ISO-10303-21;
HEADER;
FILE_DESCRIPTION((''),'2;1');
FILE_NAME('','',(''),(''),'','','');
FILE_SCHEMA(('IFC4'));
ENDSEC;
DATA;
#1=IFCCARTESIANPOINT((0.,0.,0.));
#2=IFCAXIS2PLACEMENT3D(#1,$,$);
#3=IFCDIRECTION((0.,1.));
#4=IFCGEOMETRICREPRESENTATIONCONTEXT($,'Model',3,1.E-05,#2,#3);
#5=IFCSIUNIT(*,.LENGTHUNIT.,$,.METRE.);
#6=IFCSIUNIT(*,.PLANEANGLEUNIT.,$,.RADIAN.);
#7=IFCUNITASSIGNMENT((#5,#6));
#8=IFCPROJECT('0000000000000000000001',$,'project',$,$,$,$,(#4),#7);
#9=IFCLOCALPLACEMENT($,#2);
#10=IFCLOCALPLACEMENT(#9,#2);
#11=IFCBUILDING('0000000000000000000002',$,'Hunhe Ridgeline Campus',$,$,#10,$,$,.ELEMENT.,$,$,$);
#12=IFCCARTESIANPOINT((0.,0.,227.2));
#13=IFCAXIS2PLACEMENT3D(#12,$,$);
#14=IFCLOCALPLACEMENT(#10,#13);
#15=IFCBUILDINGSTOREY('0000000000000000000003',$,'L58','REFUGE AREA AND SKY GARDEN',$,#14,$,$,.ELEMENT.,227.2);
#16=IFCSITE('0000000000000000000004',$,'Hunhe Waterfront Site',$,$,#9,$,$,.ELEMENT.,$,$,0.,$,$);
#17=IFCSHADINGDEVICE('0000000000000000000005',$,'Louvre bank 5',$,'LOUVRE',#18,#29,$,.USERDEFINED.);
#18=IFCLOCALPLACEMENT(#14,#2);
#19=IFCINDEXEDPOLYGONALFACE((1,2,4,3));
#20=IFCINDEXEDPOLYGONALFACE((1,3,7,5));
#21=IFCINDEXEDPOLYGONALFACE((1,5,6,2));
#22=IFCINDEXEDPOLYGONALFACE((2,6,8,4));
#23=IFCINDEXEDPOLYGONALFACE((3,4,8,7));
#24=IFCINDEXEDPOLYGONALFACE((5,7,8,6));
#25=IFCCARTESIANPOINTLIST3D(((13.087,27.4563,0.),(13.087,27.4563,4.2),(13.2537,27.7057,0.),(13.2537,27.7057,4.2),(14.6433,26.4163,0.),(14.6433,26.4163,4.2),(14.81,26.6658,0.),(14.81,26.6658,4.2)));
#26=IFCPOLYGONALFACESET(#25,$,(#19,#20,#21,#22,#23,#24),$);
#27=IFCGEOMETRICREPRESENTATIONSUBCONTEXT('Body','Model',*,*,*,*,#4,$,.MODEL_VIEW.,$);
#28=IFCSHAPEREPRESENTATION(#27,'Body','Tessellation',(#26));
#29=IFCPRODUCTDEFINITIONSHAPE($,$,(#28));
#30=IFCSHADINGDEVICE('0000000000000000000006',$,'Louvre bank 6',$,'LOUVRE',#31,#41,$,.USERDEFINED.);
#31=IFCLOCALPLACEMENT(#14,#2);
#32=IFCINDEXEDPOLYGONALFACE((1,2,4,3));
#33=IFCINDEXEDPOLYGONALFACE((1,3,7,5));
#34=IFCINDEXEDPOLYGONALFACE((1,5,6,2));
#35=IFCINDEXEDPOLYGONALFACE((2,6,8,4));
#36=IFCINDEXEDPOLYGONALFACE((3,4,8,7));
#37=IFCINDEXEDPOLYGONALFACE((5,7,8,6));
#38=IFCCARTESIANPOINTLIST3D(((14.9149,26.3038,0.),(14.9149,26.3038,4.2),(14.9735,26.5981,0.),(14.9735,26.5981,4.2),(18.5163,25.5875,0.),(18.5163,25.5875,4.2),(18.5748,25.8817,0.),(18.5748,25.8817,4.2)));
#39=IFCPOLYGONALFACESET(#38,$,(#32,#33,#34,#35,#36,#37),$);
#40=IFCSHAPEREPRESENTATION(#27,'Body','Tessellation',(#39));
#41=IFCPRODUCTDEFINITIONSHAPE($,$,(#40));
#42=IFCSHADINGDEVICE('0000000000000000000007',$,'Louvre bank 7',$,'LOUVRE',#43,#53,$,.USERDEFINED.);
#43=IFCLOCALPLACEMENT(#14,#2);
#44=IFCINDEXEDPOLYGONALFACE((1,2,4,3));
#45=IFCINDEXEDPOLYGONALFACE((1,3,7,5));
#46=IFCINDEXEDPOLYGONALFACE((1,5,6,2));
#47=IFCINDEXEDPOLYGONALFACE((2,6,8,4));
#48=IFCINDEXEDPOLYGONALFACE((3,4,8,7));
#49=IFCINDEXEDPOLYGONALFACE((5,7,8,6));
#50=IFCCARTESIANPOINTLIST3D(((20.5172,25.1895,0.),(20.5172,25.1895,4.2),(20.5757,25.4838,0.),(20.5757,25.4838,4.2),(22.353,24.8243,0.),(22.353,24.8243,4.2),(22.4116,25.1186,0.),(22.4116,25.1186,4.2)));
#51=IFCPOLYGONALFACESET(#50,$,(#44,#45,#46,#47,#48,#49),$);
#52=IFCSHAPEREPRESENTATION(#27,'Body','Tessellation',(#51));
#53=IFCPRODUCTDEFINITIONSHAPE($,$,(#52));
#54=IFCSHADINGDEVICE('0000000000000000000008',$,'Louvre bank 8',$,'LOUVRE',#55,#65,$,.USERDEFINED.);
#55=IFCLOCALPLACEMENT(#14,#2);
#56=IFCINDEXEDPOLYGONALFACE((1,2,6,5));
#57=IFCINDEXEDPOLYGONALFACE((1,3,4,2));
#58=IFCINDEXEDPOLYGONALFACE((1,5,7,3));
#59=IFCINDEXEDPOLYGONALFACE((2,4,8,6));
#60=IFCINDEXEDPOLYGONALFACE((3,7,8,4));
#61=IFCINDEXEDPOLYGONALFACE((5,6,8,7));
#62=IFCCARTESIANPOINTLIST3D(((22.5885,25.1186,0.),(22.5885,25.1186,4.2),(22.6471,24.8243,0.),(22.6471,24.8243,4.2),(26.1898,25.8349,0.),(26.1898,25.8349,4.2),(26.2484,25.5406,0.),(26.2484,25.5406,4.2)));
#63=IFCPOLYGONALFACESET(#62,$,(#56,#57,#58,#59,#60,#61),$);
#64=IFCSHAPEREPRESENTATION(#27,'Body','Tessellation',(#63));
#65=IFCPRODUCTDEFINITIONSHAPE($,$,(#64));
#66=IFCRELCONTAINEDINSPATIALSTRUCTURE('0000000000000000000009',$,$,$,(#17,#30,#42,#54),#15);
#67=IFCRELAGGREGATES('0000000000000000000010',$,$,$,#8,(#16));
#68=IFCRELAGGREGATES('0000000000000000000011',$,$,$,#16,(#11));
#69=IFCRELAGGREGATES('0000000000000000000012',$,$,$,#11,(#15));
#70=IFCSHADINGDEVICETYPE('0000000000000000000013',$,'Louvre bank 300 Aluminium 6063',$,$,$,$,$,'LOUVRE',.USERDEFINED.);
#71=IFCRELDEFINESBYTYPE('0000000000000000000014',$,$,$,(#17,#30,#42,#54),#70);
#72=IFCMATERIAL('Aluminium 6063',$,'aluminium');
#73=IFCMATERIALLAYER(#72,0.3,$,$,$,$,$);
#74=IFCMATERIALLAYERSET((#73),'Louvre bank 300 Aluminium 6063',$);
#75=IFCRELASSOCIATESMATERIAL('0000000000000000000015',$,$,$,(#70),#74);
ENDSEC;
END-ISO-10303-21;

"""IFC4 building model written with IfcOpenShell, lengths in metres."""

from ifc_helpers import new_model, si_unit, direction, frame, origin, origin_2d, place, context, subcontext, project, spatial, rectangle, extrude, material, layer, layer_set, type_object, element, save


model = new_model("IFC4")

# Units and contexts
model_context = context("Model", 3, precision=1e-05, world=origin(), true_north=direction((0.0, 1.0)))
body_context = subcontext(model_context, "Body", "Model", "MODEL_VIEW")
ifc_project = project(units=[si_unit("LENGTHUNIT", "METRE"), si_unit("PLANEANGLEUNIT", "RADIAN")], contexts=[model_context])

# Site, building, storey
site_placement = place(None, origin())
site = spatial("IfcSite", under=ifc_project, at=site_placement, Name="Hunhe Waterfront Site", CompositionType="ELEMENT", RefElevation=0.0)
building_placement = place(site_placement, origin())
building = spatial("IfcBuilding", under=site, at=building_placement, Name="Hunhe Ridgeline Campus", CompositionType="ELEMENT")
storey_placement = place(building_placement, frame((0.0, 0.0, 227.2)))
storey = spatial("IfcBuildingStorey", under=building, at=storey_placement, Name="L58", Description="REFUGE AREA AND SKY GARDEN", CompositionType="ELEMENT", Elevation=227.2)

# Shared definitions
ifc_material_1 = material(Name="Aluminium 6063", Category="aluminium")

# Shading devices
ifc_layer_1 = layer(ifc_material_1, 0.3)
ifc_layer_set_1 = layer_set([ifc_layer_1], Name="Louvre bank 300 Aluminium 6063")
shading_device_type = type_object("IfcShadingDeviceType", Name="Louvre bank 300 Aluminium 6063", ElementType="LOUVRE", PredefinedType="USERDEFINED", material=ifc_layer_set_1)
shading_device_1_placement = place(storey_placement, frame((13.9485, 27.061, 0.0), z_axis=(0.0, 0.0, 1.0), x_axis=(0.83147, -0.55557, 0.0)))
element("IfcShadingDevice", 1, at=shading_device_1_placement, inside=storey, type_object=shading_device_type, Name="Louvre bank 5", ObjectType="LOUVRE", PredefinedType="USERDEFINED", context=body_context, shape_type="SweptSolid", body=[
    extrude(rectangle(XDim=1.8718, YDim=0.3, at=origin_2d()), origin(), (0.0, 0.0, 1.0), 4.2),
])
shading_device_2_placement = place(storey_placement, frame((16.7449, 26.0928, 0.0), z_axis=(0.0, 0.0, 1.0), x_axis=(0.980785, -0.19509, 0.0)))
element("IfcShadingDevice", 2, at=shading_device_2_placement, inside=storey, type_object=shading_device_type, Name="Louvre bank 6", ObjectType="LOUVRE", PredefinedType="USERDEFINED", context=body_context, shape_type="SweptSolid", body=[
    extrude(rectangle(XDim=3.6719, YDim=0.3, at=origin_2d()), origin(), (0.0, 0.0, 1.0), 4.2),
])
shading_device_3_placement = place(storey_placement, frame((21.4644, 25.1541, 0.0), z_axis=(0.0, 0.0, 1.0), x_axis=(0.980785, -0.19509, 0.0)))
element("IfcShadingDevice", 3, at=shading_device_3_placement, inside=storey, type_object=shading_device_type, Name="Louvre bank 7", ObjectType="LOUVRE", PredefinedType="USERDEFINED", context=body_context, shape_type="SweptSolid", body=[
    extrude(rectangle(XDim=1.8718, YDim=0.3, at=origin_2d()), origin(), (0.0, 0.0, 1.0), 4.2),
])
shading_device_4_placement = place(storey_placement, frame((24.4185, 25.3296, 0.0), z_axis=(0.0, 0.0, 1.0), x_axis=(0.980785, 0.19509, 0.0)))
element("IfcShadingDevice", 4, at=shading_device_4_placement, inside=storey, type_object=shading_device_type, Name="Louvre bank 8", ObjectType="LOUVRE", PredefinedType="USERDEFINED", context=body_context, shape_type="SweptSolid", body=[
    extrude(rectangle(XDim=3.6719, YDim=0.3, at=origin_2d()), origin(), (0.0, 0.0, 1.0), 4.2),
])

save(model, "model.ifc")
